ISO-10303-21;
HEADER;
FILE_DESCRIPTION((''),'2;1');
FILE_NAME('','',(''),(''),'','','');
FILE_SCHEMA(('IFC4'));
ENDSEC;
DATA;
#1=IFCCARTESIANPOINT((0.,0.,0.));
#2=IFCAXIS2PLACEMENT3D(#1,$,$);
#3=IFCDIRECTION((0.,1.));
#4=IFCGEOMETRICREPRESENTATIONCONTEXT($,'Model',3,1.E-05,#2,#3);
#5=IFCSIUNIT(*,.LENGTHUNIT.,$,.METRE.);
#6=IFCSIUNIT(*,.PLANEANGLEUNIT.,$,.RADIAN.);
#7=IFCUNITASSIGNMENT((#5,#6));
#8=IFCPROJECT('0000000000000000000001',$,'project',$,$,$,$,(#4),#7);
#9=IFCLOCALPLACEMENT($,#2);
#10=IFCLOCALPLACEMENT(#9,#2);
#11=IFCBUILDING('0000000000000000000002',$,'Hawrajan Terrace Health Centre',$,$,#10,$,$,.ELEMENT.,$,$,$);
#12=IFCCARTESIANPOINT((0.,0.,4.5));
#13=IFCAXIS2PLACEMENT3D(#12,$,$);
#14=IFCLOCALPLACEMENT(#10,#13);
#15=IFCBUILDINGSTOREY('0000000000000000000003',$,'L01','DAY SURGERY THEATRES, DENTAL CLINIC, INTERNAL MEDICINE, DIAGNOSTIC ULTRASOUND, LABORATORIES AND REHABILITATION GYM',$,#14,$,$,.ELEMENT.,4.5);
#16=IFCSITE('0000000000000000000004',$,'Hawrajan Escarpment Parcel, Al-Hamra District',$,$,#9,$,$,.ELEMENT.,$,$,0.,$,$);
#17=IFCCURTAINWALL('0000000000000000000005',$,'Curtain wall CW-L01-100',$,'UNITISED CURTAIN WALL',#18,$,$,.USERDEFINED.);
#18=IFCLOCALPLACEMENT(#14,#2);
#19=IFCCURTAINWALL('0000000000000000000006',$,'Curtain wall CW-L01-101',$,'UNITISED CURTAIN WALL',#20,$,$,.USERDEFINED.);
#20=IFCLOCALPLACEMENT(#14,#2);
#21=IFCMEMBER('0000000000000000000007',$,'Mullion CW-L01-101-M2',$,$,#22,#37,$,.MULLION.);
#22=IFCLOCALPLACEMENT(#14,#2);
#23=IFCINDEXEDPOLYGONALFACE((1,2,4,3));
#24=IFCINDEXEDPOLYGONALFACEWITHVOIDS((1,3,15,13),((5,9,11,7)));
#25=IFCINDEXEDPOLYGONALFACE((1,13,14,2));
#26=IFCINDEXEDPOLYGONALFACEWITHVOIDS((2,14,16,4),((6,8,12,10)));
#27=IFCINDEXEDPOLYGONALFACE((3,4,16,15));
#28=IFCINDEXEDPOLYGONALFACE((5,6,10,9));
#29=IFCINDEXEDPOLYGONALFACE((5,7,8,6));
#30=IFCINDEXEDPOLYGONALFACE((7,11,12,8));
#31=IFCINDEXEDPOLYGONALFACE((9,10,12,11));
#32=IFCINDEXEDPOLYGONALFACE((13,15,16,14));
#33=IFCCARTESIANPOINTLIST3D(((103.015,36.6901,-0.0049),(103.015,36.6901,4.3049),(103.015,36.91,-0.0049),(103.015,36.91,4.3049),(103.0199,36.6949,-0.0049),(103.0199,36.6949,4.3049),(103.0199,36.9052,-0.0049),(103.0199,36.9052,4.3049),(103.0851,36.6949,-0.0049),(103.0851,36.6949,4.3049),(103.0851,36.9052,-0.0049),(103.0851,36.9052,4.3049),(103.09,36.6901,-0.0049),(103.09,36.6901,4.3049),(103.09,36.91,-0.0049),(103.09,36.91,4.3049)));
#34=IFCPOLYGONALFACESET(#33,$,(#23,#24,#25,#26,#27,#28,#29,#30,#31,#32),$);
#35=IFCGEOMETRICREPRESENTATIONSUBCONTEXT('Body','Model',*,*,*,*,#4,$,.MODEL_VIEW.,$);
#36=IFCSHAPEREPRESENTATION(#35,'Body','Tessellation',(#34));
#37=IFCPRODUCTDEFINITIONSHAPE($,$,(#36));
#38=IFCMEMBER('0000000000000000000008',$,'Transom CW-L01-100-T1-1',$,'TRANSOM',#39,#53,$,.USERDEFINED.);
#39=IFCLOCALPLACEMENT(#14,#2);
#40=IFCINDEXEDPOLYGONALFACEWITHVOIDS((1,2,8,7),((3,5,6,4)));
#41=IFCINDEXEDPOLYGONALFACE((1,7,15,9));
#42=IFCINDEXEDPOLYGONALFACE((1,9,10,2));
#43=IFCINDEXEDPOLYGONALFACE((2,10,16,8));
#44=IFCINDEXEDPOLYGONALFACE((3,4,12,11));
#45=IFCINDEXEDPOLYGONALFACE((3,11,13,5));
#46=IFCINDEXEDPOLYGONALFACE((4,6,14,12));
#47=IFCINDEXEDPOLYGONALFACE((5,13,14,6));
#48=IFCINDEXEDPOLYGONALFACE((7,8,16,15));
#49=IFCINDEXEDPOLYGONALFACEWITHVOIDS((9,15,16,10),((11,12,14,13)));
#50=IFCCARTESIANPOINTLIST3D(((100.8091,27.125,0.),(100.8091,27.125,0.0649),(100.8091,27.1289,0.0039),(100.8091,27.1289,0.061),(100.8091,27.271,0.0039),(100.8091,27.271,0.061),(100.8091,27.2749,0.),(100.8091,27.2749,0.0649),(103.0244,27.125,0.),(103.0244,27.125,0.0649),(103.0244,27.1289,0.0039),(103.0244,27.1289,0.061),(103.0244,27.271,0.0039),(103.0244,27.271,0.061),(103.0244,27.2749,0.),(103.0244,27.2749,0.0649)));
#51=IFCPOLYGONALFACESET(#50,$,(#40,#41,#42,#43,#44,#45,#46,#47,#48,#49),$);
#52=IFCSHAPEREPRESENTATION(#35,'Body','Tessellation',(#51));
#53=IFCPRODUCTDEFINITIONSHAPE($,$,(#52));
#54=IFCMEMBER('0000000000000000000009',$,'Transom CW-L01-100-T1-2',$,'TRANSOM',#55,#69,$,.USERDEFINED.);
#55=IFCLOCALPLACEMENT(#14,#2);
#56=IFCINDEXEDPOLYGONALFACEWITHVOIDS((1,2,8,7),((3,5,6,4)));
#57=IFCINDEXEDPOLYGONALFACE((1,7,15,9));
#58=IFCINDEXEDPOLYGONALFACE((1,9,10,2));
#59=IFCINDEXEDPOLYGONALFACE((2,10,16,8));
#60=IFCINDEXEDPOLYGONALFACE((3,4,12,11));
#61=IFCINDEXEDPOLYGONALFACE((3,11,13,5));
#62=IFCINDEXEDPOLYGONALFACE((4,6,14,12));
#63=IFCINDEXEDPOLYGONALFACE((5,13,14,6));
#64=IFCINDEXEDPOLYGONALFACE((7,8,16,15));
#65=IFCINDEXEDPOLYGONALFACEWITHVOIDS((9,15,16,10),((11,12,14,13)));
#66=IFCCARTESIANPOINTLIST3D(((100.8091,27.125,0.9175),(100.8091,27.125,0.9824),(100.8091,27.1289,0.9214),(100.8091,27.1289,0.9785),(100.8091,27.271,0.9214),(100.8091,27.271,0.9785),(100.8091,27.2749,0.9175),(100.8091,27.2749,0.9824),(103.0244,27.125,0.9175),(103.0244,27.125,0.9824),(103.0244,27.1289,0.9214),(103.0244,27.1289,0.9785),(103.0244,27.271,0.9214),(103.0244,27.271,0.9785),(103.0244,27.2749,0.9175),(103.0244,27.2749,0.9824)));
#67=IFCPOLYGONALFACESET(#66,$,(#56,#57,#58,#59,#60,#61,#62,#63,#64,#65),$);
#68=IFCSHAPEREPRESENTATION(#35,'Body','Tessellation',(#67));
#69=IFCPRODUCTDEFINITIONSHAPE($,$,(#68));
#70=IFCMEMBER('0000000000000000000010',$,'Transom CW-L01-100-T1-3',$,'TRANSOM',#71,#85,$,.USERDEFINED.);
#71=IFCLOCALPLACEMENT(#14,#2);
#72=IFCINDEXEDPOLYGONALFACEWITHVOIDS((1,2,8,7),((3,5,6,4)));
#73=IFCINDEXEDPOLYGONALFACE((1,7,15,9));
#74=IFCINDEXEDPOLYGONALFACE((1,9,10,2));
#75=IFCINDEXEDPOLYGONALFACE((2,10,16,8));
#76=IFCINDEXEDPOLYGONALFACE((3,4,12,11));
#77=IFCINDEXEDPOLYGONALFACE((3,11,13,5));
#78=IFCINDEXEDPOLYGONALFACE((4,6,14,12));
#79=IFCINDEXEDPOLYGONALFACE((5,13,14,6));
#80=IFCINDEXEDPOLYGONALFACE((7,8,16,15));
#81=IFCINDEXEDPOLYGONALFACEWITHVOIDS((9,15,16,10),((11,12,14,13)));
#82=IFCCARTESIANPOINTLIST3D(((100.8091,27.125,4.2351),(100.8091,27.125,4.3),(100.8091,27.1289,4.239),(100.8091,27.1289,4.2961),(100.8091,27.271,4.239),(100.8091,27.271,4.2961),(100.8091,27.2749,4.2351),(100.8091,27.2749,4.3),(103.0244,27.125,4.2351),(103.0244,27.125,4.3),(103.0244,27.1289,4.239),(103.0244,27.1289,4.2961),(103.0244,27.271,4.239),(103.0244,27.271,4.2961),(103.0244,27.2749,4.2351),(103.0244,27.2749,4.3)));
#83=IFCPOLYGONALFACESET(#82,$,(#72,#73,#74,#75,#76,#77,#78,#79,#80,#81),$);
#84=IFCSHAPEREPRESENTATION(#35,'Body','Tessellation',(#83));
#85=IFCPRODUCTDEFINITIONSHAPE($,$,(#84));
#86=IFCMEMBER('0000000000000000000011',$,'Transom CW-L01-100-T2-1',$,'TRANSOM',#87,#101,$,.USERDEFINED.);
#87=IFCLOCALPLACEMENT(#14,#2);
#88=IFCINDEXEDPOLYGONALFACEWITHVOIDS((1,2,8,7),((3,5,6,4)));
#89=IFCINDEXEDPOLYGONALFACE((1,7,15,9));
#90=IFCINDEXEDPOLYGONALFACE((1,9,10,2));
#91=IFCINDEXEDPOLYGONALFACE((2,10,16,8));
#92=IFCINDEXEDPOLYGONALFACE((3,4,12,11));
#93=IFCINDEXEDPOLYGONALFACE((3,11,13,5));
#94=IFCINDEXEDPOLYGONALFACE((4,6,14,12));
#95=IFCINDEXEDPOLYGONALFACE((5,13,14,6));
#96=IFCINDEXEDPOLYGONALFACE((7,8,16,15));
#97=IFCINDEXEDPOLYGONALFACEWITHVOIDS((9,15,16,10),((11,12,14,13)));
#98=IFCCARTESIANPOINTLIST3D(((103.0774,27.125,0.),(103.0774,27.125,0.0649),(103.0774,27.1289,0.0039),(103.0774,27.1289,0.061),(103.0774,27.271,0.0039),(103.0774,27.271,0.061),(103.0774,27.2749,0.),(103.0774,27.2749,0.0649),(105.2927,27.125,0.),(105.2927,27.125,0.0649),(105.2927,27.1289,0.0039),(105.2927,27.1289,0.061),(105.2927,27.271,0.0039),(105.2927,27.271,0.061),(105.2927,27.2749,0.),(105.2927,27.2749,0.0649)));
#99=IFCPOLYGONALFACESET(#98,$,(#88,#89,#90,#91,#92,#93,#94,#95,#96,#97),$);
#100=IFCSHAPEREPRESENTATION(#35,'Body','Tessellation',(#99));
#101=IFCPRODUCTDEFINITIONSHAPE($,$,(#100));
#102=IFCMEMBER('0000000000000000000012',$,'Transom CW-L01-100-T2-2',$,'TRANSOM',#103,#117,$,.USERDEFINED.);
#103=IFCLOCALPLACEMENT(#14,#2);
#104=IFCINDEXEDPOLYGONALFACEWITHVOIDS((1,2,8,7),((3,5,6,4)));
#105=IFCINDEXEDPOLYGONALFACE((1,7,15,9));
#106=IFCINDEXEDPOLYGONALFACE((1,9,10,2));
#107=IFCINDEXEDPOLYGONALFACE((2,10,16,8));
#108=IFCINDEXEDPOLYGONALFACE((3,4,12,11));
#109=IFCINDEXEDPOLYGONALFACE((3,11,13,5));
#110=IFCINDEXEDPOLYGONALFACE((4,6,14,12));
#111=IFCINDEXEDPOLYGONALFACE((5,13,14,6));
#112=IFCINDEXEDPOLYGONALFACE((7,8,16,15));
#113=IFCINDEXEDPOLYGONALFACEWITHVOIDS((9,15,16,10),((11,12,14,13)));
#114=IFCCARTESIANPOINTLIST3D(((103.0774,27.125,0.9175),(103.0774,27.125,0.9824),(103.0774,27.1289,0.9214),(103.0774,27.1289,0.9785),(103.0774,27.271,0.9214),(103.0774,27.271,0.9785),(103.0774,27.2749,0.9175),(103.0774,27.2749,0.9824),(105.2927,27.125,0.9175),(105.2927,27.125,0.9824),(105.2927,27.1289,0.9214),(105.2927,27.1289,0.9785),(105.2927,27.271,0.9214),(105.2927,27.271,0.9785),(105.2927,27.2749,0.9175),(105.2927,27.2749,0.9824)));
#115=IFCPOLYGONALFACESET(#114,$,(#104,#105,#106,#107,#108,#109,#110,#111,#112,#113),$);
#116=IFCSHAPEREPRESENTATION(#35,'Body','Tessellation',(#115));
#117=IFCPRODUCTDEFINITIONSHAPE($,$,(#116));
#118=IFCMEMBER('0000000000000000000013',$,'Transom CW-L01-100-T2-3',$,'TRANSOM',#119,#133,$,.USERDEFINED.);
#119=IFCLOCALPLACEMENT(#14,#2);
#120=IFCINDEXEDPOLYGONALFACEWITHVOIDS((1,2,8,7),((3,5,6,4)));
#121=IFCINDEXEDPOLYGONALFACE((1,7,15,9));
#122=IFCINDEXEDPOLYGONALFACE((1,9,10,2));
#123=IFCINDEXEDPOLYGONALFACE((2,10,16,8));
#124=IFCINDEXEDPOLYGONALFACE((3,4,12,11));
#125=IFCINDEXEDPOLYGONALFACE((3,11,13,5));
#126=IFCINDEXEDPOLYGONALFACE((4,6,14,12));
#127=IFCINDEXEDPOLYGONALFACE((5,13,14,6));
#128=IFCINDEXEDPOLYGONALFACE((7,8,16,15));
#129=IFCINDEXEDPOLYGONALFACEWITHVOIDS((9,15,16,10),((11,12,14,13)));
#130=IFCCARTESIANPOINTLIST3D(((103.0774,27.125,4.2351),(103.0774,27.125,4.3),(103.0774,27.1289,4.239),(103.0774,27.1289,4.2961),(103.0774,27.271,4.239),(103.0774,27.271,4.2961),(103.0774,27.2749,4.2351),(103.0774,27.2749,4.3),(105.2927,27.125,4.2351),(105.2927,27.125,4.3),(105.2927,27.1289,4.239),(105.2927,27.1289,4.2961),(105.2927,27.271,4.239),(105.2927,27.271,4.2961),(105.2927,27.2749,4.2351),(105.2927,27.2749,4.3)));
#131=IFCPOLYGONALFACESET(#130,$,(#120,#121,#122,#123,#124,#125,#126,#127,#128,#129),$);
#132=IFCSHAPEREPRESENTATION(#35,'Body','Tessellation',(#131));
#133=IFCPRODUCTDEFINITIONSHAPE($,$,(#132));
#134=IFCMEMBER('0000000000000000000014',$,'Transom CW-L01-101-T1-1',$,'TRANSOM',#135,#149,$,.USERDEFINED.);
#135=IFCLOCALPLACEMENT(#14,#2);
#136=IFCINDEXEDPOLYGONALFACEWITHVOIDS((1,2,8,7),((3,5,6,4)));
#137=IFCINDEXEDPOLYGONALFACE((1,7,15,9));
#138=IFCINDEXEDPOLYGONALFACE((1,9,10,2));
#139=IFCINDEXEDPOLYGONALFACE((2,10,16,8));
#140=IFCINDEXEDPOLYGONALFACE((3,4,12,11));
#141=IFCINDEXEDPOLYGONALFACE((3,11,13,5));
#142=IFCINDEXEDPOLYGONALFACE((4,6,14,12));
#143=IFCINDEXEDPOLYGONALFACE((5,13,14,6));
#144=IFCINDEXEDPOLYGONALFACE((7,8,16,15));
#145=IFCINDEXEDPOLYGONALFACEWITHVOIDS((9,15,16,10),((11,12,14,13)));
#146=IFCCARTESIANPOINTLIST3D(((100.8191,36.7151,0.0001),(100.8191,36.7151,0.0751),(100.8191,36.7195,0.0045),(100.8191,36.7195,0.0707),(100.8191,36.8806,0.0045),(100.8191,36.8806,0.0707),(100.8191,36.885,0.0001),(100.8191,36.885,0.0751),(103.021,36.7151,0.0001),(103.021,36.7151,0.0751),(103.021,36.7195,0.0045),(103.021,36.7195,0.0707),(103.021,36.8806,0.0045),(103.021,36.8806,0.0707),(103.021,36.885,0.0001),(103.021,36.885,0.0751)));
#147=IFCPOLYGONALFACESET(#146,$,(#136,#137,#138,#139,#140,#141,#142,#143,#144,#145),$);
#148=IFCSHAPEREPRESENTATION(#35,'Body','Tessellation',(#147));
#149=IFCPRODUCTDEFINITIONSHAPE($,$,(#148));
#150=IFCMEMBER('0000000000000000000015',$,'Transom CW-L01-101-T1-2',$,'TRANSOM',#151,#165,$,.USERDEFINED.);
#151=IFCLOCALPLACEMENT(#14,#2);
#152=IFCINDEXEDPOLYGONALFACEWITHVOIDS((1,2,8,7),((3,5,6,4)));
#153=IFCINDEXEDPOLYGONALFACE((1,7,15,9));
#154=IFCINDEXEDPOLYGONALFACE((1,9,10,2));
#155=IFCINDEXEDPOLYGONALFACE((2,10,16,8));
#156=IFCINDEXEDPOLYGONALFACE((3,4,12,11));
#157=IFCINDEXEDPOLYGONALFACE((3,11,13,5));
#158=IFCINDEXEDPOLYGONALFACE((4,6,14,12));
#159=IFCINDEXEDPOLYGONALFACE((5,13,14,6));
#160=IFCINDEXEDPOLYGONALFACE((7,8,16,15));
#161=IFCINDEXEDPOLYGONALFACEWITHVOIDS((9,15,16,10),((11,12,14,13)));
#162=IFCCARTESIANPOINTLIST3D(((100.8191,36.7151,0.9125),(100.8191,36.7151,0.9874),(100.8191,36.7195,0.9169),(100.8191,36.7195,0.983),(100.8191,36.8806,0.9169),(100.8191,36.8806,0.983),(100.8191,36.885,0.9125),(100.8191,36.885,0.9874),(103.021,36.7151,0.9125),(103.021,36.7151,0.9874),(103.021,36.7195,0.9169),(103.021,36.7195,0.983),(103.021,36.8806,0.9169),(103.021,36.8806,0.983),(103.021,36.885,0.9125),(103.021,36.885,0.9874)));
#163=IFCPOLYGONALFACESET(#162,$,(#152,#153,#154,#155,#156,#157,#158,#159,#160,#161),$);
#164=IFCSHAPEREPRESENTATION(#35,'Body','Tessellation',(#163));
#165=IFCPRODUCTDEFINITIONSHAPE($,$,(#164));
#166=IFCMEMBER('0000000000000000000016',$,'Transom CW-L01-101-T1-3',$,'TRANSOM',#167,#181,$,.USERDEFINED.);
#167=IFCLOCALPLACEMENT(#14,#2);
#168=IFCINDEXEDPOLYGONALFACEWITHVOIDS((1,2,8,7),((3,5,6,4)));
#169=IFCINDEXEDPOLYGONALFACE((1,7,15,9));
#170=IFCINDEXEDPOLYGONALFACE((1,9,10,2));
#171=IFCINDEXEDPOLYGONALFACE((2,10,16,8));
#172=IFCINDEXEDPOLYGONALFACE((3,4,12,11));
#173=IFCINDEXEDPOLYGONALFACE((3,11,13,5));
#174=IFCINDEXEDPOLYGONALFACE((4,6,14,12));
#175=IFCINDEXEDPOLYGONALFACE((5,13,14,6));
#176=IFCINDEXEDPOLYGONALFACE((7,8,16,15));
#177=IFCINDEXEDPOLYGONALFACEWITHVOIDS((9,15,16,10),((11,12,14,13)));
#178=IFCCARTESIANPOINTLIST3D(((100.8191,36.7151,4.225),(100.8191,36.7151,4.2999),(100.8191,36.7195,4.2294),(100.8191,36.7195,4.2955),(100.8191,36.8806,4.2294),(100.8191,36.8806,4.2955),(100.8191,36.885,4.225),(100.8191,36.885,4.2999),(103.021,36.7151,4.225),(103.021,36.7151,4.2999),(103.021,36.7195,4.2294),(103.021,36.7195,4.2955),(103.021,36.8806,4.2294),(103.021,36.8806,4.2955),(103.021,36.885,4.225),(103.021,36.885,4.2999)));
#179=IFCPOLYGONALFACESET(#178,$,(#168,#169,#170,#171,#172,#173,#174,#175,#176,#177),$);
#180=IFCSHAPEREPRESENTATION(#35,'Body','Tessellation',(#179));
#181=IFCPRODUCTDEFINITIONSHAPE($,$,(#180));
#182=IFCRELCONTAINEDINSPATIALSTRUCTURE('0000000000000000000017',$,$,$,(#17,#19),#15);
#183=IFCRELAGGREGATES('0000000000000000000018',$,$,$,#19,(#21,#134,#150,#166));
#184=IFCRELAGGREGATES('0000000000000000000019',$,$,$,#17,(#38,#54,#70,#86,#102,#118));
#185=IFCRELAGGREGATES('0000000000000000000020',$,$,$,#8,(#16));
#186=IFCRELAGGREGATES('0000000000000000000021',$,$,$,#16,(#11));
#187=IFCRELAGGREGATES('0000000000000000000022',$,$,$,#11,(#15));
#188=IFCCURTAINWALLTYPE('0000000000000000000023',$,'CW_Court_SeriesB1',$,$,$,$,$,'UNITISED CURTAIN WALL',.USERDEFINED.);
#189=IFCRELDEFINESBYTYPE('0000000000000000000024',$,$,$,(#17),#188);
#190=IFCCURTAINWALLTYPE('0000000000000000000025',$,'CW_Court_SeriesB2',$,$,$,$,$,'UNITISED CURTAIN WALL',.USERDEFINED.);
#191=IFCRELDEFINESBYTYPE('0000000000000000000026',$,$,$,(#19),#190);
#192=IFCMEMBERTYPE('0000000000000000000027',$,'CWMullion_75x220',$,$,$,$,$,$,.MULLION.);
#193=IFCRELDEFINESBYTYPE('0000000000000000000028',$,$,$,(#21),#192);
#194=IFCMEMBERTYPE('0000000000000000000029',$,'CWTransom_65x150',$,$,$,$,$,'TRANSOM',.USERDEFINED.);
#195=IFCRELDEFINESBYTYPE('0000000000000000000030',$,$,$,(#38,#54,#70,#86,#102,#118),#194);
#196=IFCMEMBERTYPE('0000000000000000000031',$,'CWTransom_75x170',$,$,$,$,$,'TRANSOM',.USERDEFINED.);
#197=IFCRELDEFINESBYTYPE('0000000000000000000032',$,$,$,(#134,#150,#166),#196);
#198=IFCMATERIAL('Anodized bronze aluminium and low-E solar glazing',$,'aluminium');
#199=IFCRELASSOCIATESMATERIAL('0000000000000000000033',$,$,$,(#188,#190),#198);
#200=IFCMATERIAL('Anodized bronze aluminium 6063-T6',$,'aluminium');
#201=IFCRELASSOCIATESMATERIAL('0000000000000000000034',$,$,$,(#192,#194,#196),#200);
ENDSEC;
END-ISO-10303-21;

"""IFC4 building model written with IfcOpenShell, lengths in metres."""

from ifc_helpers import new_model, si_unit, direction, frame, origin, origin_2d, place, context, subcontext, project, spatial, hollow_rectangle, extrude, material, material_profile, profile_set, type_object, element, aggregate, save


model = new_model("IFC4")

# Units and contexts
model_context = context("Model", 3, precision=1e-05, world=origin(), true_north=direction((0.0, 1.0)))
body_context = subcontext(model_context, "Body", "Model", "MODEL_VIEW")
ifc_project = project(units=[si_unit("LENGTHUNIT", "METRE"), si_unit("PLANEANGLEUNIT", "RADIAN")], contexts=[model_context])

# Site, building, storey
site_placement = place(None, origin())
site = spatial("IfcSite", under=ifc_project, at=site_placement, Name="Hawrajan Escarpment Parcel, Al-Hamra District", CompositionType="ELEMENT", RefElevation=0.0)
building_placement = place(site_placement, origin())
building = spatial("IfcBuilding", under=site, at=building_placement, Name="Hawrajan Terrace Health Centre", CompositionType="ELEMENT")
storey_placement = place(building_placement, frame((0.0, 0.0, 4.5)))
storey = spatial("IfcBuildingStorey", under=building, at=storey_placement, Name="L01", Description="DAY SURGERY THEATRES, DENTAL CLINIC, INTERNAL MEDICINE, DIAGNOSTIC ULTRASOUND, LABORATORIES AND REHABILITATION GYM", CompositionType="ELEMENT", Elevation=4.5)

# Shared definitions
ifc_material_1 = material(Name="Anodized bronze aluminium and low-E solar glazing", Category="aluminium")
ifc_material_2 = material(Name="Anodized bronze aluminium 6063-T6", Category="aluminium")

# Curtain wall
curtain_wall_type_1 = type_object("IfcCurtainWallType", Name="CW_Court_SeriesB1", ElementType="UNITISED CURTAIN WALL", PredefinedType="USERDEFINED", material=ifc_material_1)
curtain_wall_1_placement = place(storey_placement, origin())
curtain_wall_1 = element("IfcCurtainWall", 1, at=curtain_wall_1_placement, inside=storey, type_object=curtain_wall_type_1, Name="Curtain wall CW-L01-100", ObjectType="UNITISED CURTAIN WALL", PredefinedType="USERDEFINED")

# Shared definitions
ifc_material_profile_1 = material_profile(ifc_material_2, hollow_rectangle(XDim=0.075, YDim=0.22, WallThickness=0.0049, at=origin_2d()), Name="CW MUL 75x220")
ifc_profile_set_1 = profile_set([ifc_material_profile_1], Name="Anodized bronze aluminium 6063-T6")
member_type_1 = type_object("IfcMemberType", Name="CWMullion_75x220", PredefinedType="MULLION", material=ifc_profile_set_1)

# Curtain wall, member
curtain_wall_type_2 = type_object("IfcCurtainWallType", Name="CW_Court_SeriesB2", ElementType="UNITISED CURTAIN WALL", PredefinedType="USERDEFINED", material=ifc_material_1)
curtain_wall_2_placement = place(storey_placement, origin())
curtain_wall_2 = element("IfcCurtainWall", 2, at=curtain_wall_2_placement, inside=storey, type_object=curtain_wall_type_2, Name="Curtain wall CW-L01-101", ObjectType="UNITISED CURTAIN WALL", PredefinedType="USERDEFINED")
member_1_placement = place(storey_placement, frame((103.0525, 36.8, -0.0049), z_axis=(0.0, 0.0, 1.0), x_axis=(1.0, 0.0, 0.0)))
member_1 = element("IfcMember", 3, at=member_1_placement, type_object=member_type_1, Name="Mullion CW-L01-101-M2", PredefinedType="MULLION", context=body_context, shape_type="SweptSolid", body=[
    extrude(hollow_rectangle(XDim=0.075, YDim=0.22, WallThickness=0.0049, at=origin_2d()), origin(), (0.0, 0.0, 1.0), 4.3098),
])

# Members
ifc_material_profile_2 = material_profile(ifc_material_2, hollow_rectangle(XDim=0.0649, YDim=0.1499, WallThickness=0.0039, at=origin_2d()), Name="CW TRN 65x150")
ifc_profile_set_2 = profile_set([ifc_material_profile_2], Name="Anodized bronze aluminium 6063-T6")
member_type_2 = type_object("IfcMemberType", Name="CWTransom_65x150", ElementType="TRANSOM", PredefinedType="USERDEFINED", material=ifc_profile_set_2)
member_2_placement = place(storey_placement, frame((100.8091, 27.2, 0.0325), z_axis=(1.0, 0.0, 0.0), x_axis=(0.0, 0.0, 1.0)))
member_2 = element("IfcMember", 4, at=member_2_placement, type_object=member_type_2, Name="Transom CW-L01-100-T1-1", ObjectType="TRANSOM", PredefinedType="USERDEFINED", context=body_context, shape_type="SweptSolid", body=[
    extrude(hollow_rectangle(XDim=0.0649, YDim=0.1499, WallThickness=0.0039, at=origin_2d()), origin(), (0.0, 0.0, 1.0), 2.2153),
])
member_3_placement = place(storey_placement, frame((100.8091, 27.2, 0.95), z_axis=(1.0, 0.0, 0.0), x_axis=(0.0, 0.0, 1.0)))
member_3 = element("IfcMember", 5, at=member_3_placement, type_object=member_type_2, Name="Transom CW-L01-100-T1-2", ObjectType="TRANSOM", PredefinedType="USERDEFINED", context=body_context, shape_type="SweptSolid", body=[
    extrude(hollow_rectangle(XDim=0.0649, YDim=0.1499, WallThickness=0.0039, at=origin_2d()), origin(), (0.0, 0.0, 1.0), 2.2153),
])
member_4_placement = place(storey_placement, frame((100.8091, 27.2, 4.2676), z_axis=(1.0, 0.0, 0.0), x_axis=(0.0, 0.0, 1.0)))
member_4 = element("IfcMember", 6, at=member_4_placement, type_object=member_type_2, Name="Transom CW-L01-100-T1-3", ObjectType="TRANSOM", PredefinedType="USERDEFINED", context=body_context, shape_type="SweptSolid", body=[
    extrude(hollow_rectangle(XDim=0.0649, YDim=0.1499, WallThickness=0.0039, at=origin_2d()), origin(), (0.0, 0.0, 1.0), 2.2153),
])
member_5_placement = place(storey_placement, frame((103.0774, 27.2, 0.0325), z_axis=(1.0, 0.0, 0.0), x_axis=(0.0, 0.0, 1.0)))
member_5 = element("IfcMember", 7, at=member_5_placement, type_object=member_type_2, Name="Transom CW-L01-100-T2-1", ObjectType="TRANSOM", PredefinedType="USERDEFINED", context=body_context, shape_type="SweptSolid", body=[
    extrude(hollow_rectangle(XDim=0.0649, YDim=0.1499, WallThickness=0.0039, at=origin_2d()), origin(), (0.0, 0.0, 1.0), 2.2153),
])
member_6_placement = place(storey_placement, frame((103.0774, 27.2, 0.95), z_axis=(1.0, 0.0, 0.0), x_axis=(0.0, 0.0, 1.0)))
member_6 = element("IfcMember", 8, at=member_6_placement, type_object=member_type_2, Name="Transom CW-L01-100-T2-2", ObjectType="TRANSOM", PredefinedType="USERDEFINED", context=body_context, shape_type="SweptSolid", body=[
    extrude(hollow_rectangle(XDim=0.0649, YDim=0.1499, WallThickness=0.0039, at=origin_2d()), origin(), (0.0, 0.0, 1.0), 2.2153),
])
member_7_placement = place(storey_placement, frame((103.0774, 27.2, 4.2676), z_axis=(1.0, 0.0, 0.0), x_axis=(0.0, 0.0, 1.0)))
member_7 = element("IfcMember", 9, at=member_7_placement, type_object=member_type_2, Name="Transom CW-L01-100-T2-3", ObjectType="TRANSOM", PredefinedType="USERDEFINED", context=body_context, shape_type="SweptSolid", body=[
    extrude(hollow_rectangle(XDim=0.0649, YDim=0.1499, WallThickness=0.0039, at=origin_2d()), origin(), (0.0, 0.0, 1.0), 2.2153),
])
ifc_material_profile_3 = material_profile(ifc_material_2, hollow_rectangle(XDim=0.075, YDim=0.1699, WallThickness=0.0044, at=origin_2d()), Name="CW TRN 75x170")
ifc_profile_set_3 = profile_set([ifc_material_profile_3], Name="Anodized bronze aluminium 6063-T6")
member_type_3 = type_object("IfcMemberType", Name="CWTransom_75x170", ElementType="TRANSOM", PredefinedType="USERDEFINED", material=ifc_profile_set_3)
member_8_placement = place(storey_placement, frame((100.8191, 36.8, 0.0376), z_axis=(1.0, 0.0, 0.0), x_axis=(0.0, 0.0, 1.0)))
member_8 = element("IfcMember", 10, at=member_8_placement, type_object=member_type_3, Name="Transom CW-L01-101-T1-1", ObjectType="TRANSOM", PredefinedType="USERDEFINED", context=body_context, shape_type="SweptSolid", body=[
    extrude(hollow_rectangle(XDim=0.075, YDim=0.1699, WallThickness=0.0044, at=origin_2d()), origin(), (0.0, 0.0, 1.0), 2.2019),
])
member_9_placement = place(storey_placement, frame((100.8191, 36.8, 0.95), z_axis=(1.0, 0.0, 0.0), x_axis=(0.0, 0.0, 1.0)))
member_9 = element("IfcMember", 11, at=member_9_placement, type_object=member_type_3, Name="Transom CW-L01-101-T1-2", ObjectType="TRANSOM", PredefinedType="USERDEFINED", context=body_context, shape_type="SweptSolid", body=[
    extrude(hollow_rectangle(XDim=0.075, YDim=0.1699, WallThickness=0.0044, at=origin_2d()), origin(), (0.0, 0.0, 1.0), 2.2019),
])
member_10_placement = place(storey_placement, frame((100.8191, 36.8, 4.2625), z_axis=(1.0, 0.0, 0.0), x_axis=(0.0, 0.0, 1.0)))
member_10 = element("IfcMember", 12, at=member_10_placement, type_object=member_type_3, Name="Transom CW-L01-101-T1-3", ObjectType="TRANSOM", PredefinedType="USERDEFINED", context=body_context, shape_type="SweptSolid", body=[
    extrude(hollow_rectangle(XDim=0.075, YDim=0.1699, WallThickness=0.0044, at=origin_2d()), origin(), (0.0, 0.0, 1.0), 2.2019),
])

aggregate(curtain_wall_2, [member_1, member_8, member_9, member_10])
aggregate(curtain_wall_1, [member_2, member_3, member_4, member_5, member_6, member_7])

save(model, "model.ifc")
